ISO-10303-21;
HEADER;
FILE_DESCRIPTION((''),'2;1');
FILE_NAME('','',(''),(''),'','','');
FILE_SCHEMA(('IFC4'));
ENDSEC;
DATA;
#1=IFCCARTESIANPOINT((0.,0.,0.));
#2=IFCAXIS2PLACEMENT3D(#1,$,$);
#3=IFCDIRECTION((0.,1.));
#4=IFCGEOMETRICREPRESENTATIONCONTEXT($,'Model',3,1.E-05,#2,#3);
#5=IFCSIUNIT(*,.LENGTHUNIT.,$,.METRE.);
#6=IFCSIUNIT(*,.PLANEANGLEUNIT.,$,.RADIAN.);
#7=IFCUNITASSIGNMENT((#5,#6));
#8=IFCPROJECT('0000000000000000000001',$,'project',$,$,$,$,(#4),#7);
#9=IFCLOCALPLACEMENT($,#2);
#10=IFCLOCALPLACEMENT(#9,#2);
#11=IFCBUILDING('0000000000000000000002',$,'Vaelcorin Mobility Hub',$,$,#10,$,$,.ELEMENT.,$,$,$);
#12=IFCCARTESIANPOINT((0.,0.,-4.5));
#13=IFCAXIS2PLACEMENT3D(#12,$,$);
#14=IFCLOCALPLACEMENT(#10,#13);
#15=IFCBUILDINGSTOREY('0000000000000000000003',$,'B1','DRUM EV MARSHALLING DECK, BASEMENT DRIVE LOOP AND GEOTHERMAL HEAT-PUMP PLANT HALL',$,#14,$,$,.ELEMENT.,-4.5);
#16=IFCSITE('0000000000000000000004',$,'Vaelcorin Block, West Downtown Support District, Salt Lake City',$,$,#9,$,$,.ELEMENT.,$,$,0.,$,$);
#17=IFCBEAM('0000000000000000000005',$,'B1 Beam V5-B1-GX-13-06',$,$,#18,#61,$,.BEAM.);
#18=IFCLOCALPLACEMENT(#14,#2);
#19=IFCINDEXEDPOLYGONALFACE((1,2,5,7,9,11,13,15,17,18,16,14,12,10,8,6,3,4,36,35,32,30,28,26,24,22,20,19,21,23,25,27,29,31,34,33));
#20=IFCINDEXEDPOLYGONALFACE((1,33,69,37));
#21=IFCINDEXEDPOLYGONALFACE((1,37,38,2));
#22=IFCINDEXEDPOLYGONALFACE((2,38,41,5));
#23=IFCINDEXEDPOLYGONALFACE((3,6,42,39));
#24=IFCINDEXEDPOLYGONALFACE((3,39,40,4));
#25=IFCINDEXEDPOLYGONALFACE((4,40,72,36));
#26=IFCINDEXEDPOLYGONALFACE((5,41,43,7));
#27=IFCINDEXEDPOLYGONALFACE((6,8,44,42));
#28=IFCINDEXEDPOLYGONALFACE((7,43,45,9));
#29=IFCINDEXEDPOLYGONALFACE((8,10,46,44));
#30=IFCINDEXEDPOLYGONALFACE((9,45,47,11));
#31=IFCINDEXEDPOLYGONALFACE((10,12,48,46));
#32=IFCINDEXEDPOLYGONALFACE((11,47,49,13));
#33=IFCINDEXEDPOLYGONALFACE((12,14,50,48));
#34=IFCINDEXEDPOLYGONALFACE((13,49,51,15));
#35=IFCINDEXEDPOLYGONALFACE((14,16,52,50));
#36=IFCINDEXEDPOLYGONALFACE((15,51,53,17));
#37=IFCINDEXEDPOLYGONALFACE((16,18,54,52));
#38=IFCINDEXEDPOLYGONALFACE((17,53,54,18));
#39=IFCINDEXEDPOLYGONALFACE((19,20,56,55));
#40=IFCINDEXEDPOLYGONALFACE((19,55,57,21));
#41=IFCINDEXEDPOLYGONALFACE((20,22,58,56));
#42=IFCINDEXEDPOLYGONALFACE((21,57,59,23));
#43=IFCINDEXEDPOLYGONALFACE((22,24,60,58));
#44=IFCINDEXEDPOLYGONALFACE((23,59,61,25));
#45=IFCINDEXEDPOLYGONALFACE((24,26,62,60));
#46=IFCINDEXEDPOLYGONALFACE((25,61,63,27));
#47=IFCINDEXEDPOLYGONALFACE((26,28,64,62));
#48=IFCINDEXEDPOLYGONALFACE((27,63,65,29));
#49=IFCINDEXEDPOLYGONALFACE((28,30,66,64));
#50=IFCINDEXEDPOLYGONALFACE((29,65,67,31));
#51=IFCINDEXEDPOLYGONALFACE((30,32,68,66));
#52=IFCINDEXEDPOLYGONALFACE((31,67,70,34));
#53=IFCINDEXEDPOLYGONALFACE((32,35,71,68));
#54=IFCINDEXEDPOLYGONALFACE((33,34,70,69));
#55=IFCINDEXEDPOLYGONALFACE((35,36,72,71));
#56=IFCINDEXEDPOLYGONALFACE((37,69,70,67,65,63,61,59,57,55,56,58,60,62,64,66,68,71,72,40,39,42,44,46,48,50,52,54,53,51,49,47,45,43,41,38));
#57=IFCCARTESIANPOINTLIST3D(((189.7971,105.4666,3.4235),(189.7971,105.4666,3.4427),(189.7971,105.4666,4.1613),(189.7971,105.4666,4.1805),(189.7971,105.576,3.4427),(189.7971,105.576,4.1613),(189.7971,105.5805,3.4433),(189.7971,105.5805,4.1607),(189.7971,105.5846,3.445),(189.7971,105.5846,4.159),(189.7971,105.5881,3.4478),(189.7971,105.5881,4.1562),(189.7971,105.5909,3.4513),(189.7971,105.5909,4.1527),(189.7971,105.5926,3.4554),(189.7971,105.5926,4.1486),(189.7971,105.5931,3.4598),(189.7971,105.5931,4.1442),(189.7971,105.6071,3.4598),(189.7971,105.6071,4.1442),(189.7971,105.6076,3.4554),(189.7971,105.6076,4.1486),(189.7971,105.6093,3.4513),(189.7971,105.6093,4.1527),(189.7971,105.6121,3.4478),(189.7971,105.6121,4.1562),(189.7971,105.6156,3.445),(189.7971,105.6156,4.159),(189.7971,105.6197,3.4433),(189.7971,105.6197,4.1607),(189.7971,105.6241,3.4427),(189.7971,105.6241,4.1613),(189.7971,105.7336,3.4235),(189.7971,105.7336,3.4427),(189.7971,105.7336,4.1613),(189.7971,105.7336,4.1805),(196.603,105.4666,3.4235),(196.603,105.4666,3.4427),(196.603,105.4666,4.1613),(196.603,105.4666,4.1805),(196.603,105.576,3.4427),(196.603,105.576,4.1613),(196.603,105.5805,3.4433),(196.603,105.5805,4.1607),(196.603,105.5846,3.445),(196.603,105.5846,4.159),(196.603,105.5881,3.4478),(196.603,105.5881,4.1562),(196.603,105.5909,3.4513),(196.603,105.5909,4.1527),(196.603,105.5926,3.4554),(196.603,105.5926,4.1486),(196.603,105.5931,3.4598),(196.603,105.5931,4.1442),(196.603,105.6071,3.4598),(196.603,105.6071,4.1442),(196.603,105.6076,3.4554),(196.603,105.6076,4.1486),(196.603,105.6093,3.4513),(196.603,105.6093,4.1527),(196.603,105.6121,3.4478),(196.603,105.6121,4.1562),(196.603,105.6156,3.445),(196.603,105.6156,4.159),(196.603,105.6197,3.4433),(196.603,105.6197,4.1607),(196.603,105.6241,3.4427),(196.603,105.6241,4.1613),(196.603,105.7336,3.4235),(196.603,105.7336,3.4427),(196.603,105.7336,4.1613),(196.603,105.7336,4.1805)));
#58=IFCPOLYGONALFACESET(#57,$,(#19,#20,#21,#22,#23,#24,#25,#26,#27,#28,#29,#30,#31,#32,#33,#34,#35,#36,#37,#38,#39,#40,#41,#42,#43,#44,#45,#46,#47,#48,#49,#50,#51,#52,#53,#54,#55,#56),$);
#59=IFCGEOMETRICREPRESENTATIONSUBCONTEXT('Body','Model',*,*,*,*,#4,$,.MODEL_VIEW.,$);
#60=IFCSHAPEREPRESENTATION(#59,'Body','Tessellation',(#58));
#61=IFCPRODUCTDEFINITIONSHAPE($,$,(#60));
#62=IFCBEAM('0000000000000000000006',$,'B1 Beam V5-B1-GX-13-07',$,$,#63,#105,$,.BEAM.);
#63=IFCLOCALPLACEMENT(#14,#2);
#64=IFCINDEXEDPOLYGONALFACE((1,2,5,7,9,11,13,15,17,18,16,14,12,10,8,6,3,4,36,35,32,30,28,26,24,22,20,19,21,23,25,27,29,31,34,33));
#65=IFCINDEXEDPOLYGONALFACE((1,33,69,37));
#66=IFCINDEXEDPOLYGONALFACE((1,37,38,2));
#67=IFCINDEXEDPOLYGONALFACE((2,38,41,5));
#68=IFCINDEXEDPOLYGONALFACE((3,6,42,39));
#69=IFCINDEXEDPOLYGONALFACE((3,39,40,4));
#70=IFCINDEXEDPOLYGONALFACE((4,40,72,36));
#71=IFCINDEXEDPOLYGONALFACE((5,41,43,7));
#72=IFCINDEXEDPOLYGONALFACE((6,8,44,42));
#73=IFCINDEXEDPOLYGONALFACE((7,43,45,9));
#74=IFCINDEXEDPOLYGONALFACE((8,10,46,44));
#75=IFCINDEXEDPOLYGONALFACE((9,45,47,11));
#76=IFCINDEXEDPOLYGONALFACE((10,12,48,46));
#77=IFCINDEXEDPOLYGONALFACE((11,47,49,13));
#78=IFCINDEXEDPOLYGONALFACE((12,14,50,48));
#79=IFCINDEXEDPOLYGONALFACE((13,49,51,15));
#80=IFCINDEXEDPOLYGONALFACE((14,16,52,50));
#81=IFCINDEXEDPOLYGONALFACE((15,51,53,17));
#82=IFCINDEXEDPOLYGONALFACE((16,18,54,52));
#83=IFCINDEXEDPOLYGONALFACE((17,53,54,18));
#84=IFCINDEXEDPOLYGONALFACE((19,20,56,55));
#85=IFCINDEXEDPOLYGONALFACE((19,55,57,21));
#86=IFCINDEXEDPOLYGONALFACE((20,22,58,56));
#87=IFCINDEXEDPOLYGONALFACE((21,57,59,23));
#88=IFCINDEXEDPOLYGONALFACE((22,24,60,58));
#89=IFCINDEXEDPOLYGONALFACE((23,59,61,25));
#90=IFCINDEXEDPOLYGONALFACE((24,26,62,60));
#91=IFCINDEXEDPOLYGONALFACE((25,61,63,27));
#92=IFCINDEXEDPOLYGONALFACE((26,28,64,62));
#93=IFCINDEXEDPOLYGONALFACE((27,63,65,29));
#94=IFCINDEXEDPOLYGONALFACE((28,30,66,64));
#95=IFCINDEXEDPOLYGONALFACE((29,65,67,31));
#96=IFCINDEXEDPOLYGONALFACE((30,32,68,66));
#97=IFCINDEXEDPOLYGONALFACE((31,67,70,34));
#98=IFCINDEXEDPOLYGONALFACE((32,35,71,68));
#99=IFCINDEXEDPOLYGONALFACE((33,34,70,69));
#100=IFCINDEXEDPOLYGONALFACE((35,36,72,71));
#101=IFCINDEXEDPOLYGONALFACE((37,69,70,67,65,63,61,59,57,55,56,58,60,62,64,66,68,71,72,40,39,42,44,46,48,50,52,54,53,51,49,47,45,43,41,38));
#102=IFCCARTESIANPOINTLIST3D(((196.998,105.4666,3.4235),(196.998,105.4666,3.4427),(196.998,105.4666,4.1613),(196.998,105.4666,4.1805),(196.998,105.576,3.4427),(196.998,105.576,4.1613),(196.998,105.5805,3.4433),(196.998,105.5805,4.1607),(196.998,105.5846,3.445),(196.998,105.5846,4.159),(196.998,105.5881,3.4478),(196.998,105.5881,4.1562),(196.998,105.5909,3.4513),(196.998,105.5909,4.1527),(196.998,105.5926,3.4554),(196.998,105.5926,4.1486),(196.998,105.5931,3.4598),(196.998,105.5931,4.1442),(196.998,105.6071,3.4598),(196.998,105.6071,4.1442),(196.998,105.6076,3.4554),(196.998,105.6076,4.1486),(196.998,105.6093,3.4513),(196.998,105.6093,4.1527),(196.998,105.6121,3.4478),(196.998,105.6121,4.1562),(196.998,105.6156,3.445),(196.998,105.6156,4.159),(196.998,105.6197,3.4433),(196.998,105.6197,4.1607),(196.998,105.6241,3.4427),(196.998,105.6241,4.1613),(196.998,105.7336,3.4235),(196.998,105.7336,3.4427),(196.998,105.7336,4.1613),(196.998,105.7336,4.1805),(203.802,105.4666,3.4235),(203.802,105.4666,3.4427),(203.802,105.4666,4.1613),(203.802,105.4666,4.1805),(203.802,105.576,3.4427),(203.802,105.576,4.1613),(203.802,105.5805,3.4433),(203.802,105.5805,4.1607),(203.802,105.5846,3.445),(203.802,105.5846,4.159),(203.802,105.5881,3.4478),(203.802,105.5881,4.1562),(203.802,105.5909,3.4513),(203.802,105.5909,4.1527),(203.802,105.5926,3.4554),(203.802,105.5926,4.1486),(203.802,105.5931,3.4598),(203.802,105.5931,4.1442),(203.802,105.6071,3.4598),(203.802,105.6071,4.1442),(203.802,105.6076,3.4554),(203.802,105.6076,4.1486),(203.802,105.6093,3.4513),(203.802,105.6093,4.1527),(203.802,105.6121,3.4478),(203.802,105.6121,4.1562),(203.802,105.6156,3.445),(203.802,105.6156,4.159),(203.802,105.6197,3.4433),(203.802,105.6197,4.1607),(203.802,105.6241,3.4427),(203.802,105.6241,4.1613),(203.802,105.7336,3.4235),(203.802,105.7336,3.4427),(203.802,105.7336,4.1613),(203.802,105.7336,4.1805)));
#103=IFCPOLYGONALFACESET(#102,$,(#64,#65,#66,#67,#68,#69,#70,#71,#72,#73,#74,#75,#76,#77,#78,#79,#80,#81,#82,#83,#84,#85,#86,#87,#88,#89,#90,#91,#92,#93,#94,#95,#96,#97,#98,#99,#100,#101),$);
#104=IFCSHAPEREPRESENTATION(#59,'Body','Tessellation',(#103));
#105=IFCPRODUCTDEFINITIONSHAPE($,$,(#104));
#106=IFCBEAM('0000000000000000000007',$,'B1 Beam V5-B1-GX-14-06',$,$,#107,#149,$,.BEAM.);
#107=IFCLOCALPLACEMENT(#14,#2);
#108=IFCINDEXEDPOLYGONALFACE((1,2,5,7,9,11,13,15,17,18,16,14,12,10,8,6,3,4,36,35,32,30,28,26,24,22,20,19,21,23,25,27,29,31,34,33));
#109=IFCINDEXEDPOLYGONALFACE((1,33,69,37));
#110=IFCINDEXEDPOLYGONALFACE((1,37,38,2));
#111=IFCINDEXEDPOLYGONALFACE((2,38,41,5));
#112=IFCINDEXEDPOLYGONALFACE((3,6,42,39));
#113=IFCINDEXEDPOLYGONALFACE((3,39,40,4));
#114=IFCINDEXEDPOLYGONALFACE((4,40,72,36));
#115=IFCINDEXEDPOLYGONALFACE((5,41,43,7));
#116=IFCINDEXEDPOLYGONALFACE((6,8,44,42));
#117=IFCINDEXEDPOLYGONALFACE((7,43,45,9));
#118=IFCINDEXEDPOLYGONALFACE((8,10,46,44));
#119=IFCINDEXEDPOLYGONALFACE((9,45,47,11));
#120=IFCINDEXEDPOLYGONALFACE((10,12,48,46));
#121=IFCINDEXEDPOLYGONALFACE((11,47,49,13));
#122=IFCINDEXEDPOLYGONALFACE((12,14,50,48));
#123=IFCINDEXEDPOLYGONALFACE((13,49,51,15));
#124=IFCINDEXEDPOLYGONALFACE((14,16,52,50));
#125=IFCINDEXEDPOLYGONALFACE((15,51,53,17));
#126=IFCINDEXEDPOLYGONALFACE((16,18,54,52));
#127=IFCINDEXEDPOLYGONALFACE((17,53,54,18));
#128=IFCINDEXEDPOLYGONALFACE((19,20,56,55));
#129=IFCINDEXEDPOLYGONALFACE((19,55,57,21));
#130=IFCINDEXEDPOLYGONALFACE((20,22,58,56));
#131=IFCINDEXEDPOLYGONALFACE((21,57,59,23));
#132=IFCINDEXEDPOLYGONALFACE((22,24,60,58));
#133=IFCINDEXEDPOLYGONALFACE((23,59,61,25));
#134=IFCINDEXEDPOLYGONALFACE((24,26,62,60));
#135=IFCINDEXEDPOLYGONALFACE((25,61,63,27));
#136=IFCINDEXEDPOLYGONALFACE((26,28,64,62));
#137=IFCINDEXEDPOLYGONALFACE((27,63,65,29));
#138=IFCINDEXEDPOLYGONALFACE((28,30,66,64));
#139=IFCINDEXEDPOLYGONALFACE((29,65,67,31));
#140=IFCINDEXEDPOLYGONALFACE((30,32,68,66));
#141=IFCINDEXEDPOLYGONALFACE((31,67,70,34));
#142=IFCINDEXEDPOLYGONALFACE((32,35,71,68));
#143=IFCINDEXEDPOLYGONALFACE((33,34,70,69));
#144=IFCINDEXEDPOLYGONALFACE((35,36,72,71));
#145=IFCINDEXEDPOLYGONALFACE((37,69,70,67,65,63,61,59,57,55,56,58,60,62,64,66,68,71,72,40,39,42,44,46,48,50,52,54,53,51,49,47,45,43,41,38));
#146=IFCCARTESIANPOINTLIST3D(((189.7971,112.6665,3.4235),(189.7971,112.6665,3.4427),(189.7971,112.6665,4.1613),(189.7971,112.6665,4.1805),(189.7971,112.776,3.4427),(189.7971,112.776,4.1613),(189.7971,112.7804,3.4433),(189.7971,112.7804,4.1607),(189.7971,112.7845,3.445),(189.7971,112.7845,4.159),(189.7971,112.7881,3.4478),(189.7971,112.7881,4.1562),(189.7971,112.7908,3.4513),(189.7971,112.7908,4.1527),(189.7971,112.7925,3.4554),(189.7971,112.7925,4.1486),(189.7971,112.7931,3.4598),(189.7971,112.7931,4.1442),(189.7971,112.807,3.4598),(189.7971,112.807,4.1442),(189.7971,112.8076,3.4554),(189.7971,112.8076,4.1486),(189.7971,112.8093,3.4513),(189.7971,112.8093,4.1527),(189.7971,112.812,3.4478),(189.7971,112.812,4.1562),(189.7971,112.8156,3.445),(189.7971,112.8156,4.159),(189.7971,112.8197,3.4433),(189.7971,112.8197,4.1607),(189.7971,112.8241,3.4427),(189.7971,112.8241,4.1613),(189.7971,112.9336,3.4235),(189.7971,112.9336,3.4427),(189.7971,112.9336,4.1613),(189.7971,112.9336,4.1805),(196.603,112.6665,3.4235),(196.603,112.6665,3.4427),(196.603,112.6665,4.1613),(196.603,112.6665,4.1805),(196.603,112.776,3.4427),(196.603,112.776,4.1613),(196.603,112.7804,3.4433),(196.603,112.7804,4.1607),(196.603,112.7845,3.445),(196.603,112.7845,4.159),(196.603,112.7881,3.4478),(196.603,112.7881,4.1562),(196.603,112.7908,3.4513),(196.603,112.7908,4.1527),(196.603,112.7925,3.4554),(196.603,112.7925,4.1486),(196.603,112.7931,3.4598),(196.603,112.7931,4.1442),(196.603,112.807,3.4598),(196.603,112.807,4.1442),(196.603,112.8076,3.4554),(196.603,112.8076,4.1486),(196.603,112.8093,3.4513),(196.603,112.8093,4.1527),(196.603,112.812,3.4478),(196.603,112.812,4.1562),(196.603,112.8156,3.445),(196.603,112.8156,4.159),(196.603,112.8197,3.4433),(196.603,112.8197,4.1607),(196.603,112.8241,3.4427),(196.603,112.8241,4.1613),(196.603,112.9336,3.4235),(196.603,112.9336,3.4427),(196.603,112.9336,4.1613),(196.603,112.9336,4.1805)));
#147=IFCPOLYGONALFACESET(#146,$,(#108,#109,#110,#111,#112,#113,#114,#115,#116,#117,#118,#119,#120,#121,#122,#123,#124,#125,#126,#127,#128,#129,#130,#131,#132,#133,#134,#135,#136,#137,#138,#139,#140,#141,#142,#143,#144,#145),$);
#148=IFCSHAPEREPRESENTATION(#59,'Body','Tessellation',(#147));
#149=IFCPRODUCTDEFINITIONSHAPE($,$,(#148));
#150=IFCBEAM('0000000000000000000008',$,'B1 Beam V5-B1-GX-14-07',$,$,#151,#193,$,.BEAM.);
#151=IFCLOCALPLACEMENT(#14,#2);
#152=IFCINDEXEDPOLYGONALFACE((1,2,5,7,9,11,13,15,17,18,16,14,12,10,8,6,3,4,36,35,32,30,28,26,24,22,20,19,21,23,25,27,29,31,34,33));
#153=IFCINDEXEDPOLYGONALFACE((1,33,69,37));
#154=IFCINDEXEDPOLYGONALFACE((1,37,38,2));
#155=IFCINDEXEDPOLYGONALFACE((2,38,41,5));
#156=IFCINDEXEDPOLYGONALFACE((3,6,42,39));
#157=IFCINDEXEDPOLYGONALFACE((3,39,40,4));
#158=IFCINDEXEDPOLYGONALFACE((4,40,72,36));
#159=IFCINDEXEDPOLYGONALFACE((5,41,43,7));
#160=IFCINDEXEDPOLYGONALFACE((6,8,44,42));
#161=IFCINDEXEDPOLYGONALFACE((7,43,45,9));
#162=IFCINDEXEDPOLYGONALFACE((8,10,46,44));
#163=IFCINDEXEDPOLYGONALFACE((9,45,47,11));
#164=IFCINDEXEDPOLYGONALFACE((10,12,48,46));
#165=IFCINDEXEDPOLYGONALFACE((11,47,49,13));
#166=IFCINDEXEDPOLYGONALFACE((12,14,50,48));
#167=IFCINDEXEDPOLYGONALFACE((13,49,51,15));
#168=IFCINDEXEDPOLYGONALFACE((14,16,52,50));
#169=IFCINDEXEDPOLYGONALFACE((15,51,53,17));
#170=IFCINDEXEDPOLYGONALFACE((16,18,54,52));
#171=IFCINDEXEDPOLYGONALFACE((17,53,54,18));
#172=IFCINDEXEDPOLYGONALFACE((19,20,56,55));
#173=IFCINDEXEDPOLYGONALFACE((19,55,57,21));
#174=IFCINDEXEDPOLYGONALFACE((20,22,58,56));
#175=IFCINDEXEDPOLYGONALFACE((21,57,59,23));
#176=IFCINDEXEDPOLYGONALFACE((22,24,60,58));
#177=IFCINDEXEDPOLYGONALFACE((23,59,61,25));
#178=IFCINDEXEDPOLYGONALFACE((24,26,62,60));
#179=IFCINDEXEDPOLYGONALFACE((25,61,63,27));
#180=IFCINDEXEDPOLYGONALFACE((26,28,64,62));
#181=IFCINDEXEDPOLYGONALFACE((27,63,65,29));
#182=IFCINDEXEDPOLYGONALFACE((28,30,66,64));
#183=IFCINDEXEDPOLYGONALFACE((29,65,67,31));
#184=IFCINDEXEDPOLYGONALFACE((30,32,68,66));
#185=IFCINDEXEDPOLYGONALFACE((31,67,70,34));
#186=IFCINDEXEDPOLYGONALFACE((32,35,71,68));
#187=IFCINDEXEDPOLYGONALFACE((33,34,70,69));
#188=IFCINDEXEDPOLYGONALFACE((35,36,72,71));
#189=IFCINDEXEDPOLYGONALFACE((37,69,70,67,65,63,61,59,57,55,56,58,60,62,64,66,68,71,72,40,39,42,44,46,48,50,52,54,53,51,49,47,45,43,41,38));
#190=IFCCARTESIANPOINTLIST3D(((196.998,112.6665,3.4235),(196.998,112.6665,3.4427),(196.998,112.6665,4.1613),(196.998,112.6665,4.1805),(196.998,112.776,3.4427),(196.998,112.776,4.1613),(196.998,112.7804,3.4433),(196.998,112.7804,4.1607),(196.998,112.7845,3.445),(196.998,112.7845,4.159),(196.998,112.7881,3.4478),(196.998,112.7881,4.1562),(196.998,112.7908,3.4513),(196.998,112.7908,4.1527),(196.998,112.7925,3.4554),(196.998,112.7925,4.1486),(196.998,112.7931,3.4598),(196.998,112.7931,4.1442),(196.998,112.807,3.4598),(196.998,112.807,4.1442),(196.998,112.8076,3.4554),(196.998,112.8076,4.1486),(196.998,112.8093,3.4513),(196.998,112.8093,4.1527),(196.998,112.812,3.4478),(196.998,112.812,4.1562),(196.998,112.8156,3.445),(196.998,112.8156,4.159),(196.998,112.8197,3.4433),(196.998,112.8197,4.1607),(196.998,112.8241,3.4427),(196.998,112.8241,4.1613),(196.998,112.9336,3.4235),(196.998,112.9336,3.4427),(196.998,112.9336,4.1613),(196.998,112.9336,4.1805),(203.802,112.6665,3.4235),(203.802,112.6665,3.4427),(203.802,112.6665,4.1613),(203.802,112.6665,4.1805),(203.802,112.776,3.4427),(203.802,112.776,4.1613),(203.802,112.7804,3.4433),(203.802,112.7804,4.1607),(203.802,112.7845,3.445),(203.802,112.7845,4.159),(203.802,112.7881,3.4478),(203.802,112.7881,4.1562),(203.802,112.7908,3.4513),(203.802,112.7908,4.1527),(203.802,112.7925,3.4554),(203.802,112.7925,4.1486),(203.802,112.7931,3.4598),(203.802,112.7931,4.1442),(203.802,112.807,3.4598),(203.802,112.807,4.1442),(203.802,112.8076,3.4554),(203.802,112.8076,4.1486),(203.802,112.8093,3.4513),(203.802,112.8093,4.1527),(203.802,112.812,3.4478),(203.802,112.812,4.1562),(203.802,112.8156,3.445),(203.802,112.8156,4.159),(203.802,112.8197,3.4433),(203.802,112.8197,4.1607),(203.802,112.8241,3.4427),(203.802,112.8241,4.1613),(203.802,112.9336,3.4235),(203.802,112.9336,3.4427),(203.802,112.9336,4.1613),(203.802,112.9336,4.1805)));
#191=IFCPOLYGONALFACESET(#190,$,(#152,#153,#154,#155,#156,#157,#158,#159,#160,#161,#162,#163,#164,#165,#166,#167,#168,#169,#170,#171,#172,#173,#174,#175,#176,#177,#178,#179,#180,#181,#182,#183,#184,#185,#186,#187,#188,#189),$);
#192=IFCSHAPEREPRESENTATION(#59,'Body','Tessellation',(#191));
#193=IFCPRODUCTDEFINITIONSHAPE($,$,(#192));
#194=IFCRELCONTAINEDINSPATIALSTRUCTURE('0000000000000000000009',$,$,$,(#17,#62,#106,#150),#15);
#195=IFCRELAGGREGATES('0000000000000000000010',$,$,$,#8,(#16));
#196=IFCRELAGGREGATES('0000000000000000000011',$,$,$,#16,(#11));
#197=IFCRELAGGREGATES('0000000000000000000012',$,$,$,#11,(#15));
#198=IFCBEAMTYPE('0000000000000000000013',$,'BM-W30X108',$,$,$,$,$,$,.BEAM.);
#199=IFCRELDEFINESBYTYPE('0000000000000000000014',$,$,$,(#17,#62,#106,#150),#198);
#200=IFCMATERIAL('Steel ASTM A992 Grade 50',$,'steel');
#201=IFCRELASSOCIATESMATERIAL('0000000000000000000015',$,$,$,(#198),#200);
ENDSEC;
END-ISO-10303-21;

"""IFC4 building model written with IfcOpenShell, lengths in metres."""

from ifc_helpers import new_model, si_unit, direction, frame, origin, origin_2d, place, context, subcontext, project, spatial, i_section, extrude, material, material_profile, profile_set, type_object, element, save


model = new_model("IFC4")

# Units and contexts
model_context = context("Model", 3, precision=1e-05, world=origin(), true_north=direction((0.0, 1.0)))
body_context = subcontext(model_context, "Body", "Model", "MODEL_VIEW")
ifc_project = project(units=[si_unit("LENGTHUNIT", "METRE"), si_unit("PLANEANGLEUNIT", "RADIAN")], contexts=[model_context])

# Site, building, storey
site_placement = place(None, origin())
site = spatial("IfcSite", under=ifc_project, at=site_placement, Name="Vaelcorin Block, West Downtown Support District, Salt Lake City", CompositionType="ELEMENT", RefElevation=0.0)
building_placement = place(site_placement, origin())
building = spatial("IfcBuilding", under=site, at=building_placement, Name="Vaelcorin Mobility Hub", CompositionType="ELEMENT")
storey_placement = place(building_placement, frame((0.0, 0.0, -4.5)))
storey = spatial("IfcBuildingStorey", under=building, at=storey_placement, Name="B1", Description="DRUM EV MARSHALLING DECK, BASEMENT DRIVE LOOP AND GEOTHERMAL HEAT-PUMP PLANT HALL", CompositionType="ELEMENT", Elevation=-4.5)

# Shared definitions
ifc_material_1 = material(Name="Steel ASTM A992 Grade 50", Category="steel")

# Beams
ifc_material_profile_1 = material_profile(ifc_material_1, i_section(OverallWidth=0.2671, OverallDepth=0.7571, WebThickness=0.0139, FlangeThickness=0.0193, FilletRadius=0.0171, at=origin_2d()), Name="W30X108")
ifc_profile_set_1 = profile_set([ifc_material_profile_1], Name="Steel ASTM A992 Grade 50")
beam_type_1 = type_object("IfcBeamType", Name="BM-W30X108", PredefinedType="BEAM", material=ifc_profile_set_1)
beam_1_placement = place(storey_placement, frame((189.7971, 105.6001, 3.802), z_axis=(1.0, 0.0, 0.0), x_axis=(0.0, 1.0, 0.0)))
element("IfcBeam", 1, at=beam_1_placement, inside=storey, type_object=beam_type_1, Name="B1 Beam V5-B1-GX-13-06", PredefinedType="BEAM", context=body_context, shape_type="SweptSolid", body=[
    extrude(i_section(OverallWidth=0.2671, OverallDepth=0.7571, WebThickness=0.0139, FlangeThickness=0.0193, FilletRadius=0.0171, at=origin_2d()), origin(), (0.0, 0.0, 1.0), 6.8059),
])
beam_2_placement = place(storey_placement, frame((196.998, 105.6001, 3.802), z_axis=(1.0, 0.0, 0.0), x_axis=(0.0, 1.0, 0.0)))
element("IfcBeam", 2, at=beam_2_placement, inside=storey, type_object=beam_type_1, Name="B1 Beam V5-B1-GX-13-07", PredefinedType="BEAM", context=body_context, shape_type="SweptSolid", body=[
    extrude(i_section(OverallWidth=0.2671, OverallDepth=0.7571, WebThickness=0.0139, FlangeThickness=0.0193, FilletRadius=0.0171, at=origin_2d()), origin(), (0.0, 0.0, 1.0), 6.804),
])
beam_3_placement = place(storey_placement, frame((189.7971, 112.8, 3.802), z_axis=(1.0, 0.0, 0.0), x_axis=(0.0, 1.0, 0.0)))
element("IfcBeam", 3, at=beam_3_placement, inside=storey, type_object=beam_type_1, Name="B1 Beam V5-B1-GX-14-06", PredefinedType="BEAM", context=body_context, shape_type="SweptSolid", body=[
    extrude(i_section(OverallWidth=0.2671, OverallDepth=0.7571, WebThickness=0.0139, FlangeThickness=0.0193, FilletRadius=0.0171, at=origin_2d()), origin(), (0.0, 0.0, 1.0), 6.8059),
])
beam_4_placement = place(storey_placement, frame((196.998, 112.8, 3.802), z_axis=(1.0, 0.0, 0.0), x_axis=(0.0, 1.0, 0.0)))
element("IfcBeam", 4, at=beam_4_placement, inside=storey, type_object=beam_type_1, Name="B1 Beam V5-B1-GX-14-07", PredefinedType="BEAM", context=body_context, shape_type="SweptSolid", body=[
    extrude(i_section(OverallWidth=0.2671, OverallDepth=0.7571, WebThickness=0.0139, FlangeThickness=0.0193, FilletRadius=0.0171, at=origin_2d()), origin(), (0.0, 0.0, 1.0), 6.804),
])

save(model, "model.ifc")
